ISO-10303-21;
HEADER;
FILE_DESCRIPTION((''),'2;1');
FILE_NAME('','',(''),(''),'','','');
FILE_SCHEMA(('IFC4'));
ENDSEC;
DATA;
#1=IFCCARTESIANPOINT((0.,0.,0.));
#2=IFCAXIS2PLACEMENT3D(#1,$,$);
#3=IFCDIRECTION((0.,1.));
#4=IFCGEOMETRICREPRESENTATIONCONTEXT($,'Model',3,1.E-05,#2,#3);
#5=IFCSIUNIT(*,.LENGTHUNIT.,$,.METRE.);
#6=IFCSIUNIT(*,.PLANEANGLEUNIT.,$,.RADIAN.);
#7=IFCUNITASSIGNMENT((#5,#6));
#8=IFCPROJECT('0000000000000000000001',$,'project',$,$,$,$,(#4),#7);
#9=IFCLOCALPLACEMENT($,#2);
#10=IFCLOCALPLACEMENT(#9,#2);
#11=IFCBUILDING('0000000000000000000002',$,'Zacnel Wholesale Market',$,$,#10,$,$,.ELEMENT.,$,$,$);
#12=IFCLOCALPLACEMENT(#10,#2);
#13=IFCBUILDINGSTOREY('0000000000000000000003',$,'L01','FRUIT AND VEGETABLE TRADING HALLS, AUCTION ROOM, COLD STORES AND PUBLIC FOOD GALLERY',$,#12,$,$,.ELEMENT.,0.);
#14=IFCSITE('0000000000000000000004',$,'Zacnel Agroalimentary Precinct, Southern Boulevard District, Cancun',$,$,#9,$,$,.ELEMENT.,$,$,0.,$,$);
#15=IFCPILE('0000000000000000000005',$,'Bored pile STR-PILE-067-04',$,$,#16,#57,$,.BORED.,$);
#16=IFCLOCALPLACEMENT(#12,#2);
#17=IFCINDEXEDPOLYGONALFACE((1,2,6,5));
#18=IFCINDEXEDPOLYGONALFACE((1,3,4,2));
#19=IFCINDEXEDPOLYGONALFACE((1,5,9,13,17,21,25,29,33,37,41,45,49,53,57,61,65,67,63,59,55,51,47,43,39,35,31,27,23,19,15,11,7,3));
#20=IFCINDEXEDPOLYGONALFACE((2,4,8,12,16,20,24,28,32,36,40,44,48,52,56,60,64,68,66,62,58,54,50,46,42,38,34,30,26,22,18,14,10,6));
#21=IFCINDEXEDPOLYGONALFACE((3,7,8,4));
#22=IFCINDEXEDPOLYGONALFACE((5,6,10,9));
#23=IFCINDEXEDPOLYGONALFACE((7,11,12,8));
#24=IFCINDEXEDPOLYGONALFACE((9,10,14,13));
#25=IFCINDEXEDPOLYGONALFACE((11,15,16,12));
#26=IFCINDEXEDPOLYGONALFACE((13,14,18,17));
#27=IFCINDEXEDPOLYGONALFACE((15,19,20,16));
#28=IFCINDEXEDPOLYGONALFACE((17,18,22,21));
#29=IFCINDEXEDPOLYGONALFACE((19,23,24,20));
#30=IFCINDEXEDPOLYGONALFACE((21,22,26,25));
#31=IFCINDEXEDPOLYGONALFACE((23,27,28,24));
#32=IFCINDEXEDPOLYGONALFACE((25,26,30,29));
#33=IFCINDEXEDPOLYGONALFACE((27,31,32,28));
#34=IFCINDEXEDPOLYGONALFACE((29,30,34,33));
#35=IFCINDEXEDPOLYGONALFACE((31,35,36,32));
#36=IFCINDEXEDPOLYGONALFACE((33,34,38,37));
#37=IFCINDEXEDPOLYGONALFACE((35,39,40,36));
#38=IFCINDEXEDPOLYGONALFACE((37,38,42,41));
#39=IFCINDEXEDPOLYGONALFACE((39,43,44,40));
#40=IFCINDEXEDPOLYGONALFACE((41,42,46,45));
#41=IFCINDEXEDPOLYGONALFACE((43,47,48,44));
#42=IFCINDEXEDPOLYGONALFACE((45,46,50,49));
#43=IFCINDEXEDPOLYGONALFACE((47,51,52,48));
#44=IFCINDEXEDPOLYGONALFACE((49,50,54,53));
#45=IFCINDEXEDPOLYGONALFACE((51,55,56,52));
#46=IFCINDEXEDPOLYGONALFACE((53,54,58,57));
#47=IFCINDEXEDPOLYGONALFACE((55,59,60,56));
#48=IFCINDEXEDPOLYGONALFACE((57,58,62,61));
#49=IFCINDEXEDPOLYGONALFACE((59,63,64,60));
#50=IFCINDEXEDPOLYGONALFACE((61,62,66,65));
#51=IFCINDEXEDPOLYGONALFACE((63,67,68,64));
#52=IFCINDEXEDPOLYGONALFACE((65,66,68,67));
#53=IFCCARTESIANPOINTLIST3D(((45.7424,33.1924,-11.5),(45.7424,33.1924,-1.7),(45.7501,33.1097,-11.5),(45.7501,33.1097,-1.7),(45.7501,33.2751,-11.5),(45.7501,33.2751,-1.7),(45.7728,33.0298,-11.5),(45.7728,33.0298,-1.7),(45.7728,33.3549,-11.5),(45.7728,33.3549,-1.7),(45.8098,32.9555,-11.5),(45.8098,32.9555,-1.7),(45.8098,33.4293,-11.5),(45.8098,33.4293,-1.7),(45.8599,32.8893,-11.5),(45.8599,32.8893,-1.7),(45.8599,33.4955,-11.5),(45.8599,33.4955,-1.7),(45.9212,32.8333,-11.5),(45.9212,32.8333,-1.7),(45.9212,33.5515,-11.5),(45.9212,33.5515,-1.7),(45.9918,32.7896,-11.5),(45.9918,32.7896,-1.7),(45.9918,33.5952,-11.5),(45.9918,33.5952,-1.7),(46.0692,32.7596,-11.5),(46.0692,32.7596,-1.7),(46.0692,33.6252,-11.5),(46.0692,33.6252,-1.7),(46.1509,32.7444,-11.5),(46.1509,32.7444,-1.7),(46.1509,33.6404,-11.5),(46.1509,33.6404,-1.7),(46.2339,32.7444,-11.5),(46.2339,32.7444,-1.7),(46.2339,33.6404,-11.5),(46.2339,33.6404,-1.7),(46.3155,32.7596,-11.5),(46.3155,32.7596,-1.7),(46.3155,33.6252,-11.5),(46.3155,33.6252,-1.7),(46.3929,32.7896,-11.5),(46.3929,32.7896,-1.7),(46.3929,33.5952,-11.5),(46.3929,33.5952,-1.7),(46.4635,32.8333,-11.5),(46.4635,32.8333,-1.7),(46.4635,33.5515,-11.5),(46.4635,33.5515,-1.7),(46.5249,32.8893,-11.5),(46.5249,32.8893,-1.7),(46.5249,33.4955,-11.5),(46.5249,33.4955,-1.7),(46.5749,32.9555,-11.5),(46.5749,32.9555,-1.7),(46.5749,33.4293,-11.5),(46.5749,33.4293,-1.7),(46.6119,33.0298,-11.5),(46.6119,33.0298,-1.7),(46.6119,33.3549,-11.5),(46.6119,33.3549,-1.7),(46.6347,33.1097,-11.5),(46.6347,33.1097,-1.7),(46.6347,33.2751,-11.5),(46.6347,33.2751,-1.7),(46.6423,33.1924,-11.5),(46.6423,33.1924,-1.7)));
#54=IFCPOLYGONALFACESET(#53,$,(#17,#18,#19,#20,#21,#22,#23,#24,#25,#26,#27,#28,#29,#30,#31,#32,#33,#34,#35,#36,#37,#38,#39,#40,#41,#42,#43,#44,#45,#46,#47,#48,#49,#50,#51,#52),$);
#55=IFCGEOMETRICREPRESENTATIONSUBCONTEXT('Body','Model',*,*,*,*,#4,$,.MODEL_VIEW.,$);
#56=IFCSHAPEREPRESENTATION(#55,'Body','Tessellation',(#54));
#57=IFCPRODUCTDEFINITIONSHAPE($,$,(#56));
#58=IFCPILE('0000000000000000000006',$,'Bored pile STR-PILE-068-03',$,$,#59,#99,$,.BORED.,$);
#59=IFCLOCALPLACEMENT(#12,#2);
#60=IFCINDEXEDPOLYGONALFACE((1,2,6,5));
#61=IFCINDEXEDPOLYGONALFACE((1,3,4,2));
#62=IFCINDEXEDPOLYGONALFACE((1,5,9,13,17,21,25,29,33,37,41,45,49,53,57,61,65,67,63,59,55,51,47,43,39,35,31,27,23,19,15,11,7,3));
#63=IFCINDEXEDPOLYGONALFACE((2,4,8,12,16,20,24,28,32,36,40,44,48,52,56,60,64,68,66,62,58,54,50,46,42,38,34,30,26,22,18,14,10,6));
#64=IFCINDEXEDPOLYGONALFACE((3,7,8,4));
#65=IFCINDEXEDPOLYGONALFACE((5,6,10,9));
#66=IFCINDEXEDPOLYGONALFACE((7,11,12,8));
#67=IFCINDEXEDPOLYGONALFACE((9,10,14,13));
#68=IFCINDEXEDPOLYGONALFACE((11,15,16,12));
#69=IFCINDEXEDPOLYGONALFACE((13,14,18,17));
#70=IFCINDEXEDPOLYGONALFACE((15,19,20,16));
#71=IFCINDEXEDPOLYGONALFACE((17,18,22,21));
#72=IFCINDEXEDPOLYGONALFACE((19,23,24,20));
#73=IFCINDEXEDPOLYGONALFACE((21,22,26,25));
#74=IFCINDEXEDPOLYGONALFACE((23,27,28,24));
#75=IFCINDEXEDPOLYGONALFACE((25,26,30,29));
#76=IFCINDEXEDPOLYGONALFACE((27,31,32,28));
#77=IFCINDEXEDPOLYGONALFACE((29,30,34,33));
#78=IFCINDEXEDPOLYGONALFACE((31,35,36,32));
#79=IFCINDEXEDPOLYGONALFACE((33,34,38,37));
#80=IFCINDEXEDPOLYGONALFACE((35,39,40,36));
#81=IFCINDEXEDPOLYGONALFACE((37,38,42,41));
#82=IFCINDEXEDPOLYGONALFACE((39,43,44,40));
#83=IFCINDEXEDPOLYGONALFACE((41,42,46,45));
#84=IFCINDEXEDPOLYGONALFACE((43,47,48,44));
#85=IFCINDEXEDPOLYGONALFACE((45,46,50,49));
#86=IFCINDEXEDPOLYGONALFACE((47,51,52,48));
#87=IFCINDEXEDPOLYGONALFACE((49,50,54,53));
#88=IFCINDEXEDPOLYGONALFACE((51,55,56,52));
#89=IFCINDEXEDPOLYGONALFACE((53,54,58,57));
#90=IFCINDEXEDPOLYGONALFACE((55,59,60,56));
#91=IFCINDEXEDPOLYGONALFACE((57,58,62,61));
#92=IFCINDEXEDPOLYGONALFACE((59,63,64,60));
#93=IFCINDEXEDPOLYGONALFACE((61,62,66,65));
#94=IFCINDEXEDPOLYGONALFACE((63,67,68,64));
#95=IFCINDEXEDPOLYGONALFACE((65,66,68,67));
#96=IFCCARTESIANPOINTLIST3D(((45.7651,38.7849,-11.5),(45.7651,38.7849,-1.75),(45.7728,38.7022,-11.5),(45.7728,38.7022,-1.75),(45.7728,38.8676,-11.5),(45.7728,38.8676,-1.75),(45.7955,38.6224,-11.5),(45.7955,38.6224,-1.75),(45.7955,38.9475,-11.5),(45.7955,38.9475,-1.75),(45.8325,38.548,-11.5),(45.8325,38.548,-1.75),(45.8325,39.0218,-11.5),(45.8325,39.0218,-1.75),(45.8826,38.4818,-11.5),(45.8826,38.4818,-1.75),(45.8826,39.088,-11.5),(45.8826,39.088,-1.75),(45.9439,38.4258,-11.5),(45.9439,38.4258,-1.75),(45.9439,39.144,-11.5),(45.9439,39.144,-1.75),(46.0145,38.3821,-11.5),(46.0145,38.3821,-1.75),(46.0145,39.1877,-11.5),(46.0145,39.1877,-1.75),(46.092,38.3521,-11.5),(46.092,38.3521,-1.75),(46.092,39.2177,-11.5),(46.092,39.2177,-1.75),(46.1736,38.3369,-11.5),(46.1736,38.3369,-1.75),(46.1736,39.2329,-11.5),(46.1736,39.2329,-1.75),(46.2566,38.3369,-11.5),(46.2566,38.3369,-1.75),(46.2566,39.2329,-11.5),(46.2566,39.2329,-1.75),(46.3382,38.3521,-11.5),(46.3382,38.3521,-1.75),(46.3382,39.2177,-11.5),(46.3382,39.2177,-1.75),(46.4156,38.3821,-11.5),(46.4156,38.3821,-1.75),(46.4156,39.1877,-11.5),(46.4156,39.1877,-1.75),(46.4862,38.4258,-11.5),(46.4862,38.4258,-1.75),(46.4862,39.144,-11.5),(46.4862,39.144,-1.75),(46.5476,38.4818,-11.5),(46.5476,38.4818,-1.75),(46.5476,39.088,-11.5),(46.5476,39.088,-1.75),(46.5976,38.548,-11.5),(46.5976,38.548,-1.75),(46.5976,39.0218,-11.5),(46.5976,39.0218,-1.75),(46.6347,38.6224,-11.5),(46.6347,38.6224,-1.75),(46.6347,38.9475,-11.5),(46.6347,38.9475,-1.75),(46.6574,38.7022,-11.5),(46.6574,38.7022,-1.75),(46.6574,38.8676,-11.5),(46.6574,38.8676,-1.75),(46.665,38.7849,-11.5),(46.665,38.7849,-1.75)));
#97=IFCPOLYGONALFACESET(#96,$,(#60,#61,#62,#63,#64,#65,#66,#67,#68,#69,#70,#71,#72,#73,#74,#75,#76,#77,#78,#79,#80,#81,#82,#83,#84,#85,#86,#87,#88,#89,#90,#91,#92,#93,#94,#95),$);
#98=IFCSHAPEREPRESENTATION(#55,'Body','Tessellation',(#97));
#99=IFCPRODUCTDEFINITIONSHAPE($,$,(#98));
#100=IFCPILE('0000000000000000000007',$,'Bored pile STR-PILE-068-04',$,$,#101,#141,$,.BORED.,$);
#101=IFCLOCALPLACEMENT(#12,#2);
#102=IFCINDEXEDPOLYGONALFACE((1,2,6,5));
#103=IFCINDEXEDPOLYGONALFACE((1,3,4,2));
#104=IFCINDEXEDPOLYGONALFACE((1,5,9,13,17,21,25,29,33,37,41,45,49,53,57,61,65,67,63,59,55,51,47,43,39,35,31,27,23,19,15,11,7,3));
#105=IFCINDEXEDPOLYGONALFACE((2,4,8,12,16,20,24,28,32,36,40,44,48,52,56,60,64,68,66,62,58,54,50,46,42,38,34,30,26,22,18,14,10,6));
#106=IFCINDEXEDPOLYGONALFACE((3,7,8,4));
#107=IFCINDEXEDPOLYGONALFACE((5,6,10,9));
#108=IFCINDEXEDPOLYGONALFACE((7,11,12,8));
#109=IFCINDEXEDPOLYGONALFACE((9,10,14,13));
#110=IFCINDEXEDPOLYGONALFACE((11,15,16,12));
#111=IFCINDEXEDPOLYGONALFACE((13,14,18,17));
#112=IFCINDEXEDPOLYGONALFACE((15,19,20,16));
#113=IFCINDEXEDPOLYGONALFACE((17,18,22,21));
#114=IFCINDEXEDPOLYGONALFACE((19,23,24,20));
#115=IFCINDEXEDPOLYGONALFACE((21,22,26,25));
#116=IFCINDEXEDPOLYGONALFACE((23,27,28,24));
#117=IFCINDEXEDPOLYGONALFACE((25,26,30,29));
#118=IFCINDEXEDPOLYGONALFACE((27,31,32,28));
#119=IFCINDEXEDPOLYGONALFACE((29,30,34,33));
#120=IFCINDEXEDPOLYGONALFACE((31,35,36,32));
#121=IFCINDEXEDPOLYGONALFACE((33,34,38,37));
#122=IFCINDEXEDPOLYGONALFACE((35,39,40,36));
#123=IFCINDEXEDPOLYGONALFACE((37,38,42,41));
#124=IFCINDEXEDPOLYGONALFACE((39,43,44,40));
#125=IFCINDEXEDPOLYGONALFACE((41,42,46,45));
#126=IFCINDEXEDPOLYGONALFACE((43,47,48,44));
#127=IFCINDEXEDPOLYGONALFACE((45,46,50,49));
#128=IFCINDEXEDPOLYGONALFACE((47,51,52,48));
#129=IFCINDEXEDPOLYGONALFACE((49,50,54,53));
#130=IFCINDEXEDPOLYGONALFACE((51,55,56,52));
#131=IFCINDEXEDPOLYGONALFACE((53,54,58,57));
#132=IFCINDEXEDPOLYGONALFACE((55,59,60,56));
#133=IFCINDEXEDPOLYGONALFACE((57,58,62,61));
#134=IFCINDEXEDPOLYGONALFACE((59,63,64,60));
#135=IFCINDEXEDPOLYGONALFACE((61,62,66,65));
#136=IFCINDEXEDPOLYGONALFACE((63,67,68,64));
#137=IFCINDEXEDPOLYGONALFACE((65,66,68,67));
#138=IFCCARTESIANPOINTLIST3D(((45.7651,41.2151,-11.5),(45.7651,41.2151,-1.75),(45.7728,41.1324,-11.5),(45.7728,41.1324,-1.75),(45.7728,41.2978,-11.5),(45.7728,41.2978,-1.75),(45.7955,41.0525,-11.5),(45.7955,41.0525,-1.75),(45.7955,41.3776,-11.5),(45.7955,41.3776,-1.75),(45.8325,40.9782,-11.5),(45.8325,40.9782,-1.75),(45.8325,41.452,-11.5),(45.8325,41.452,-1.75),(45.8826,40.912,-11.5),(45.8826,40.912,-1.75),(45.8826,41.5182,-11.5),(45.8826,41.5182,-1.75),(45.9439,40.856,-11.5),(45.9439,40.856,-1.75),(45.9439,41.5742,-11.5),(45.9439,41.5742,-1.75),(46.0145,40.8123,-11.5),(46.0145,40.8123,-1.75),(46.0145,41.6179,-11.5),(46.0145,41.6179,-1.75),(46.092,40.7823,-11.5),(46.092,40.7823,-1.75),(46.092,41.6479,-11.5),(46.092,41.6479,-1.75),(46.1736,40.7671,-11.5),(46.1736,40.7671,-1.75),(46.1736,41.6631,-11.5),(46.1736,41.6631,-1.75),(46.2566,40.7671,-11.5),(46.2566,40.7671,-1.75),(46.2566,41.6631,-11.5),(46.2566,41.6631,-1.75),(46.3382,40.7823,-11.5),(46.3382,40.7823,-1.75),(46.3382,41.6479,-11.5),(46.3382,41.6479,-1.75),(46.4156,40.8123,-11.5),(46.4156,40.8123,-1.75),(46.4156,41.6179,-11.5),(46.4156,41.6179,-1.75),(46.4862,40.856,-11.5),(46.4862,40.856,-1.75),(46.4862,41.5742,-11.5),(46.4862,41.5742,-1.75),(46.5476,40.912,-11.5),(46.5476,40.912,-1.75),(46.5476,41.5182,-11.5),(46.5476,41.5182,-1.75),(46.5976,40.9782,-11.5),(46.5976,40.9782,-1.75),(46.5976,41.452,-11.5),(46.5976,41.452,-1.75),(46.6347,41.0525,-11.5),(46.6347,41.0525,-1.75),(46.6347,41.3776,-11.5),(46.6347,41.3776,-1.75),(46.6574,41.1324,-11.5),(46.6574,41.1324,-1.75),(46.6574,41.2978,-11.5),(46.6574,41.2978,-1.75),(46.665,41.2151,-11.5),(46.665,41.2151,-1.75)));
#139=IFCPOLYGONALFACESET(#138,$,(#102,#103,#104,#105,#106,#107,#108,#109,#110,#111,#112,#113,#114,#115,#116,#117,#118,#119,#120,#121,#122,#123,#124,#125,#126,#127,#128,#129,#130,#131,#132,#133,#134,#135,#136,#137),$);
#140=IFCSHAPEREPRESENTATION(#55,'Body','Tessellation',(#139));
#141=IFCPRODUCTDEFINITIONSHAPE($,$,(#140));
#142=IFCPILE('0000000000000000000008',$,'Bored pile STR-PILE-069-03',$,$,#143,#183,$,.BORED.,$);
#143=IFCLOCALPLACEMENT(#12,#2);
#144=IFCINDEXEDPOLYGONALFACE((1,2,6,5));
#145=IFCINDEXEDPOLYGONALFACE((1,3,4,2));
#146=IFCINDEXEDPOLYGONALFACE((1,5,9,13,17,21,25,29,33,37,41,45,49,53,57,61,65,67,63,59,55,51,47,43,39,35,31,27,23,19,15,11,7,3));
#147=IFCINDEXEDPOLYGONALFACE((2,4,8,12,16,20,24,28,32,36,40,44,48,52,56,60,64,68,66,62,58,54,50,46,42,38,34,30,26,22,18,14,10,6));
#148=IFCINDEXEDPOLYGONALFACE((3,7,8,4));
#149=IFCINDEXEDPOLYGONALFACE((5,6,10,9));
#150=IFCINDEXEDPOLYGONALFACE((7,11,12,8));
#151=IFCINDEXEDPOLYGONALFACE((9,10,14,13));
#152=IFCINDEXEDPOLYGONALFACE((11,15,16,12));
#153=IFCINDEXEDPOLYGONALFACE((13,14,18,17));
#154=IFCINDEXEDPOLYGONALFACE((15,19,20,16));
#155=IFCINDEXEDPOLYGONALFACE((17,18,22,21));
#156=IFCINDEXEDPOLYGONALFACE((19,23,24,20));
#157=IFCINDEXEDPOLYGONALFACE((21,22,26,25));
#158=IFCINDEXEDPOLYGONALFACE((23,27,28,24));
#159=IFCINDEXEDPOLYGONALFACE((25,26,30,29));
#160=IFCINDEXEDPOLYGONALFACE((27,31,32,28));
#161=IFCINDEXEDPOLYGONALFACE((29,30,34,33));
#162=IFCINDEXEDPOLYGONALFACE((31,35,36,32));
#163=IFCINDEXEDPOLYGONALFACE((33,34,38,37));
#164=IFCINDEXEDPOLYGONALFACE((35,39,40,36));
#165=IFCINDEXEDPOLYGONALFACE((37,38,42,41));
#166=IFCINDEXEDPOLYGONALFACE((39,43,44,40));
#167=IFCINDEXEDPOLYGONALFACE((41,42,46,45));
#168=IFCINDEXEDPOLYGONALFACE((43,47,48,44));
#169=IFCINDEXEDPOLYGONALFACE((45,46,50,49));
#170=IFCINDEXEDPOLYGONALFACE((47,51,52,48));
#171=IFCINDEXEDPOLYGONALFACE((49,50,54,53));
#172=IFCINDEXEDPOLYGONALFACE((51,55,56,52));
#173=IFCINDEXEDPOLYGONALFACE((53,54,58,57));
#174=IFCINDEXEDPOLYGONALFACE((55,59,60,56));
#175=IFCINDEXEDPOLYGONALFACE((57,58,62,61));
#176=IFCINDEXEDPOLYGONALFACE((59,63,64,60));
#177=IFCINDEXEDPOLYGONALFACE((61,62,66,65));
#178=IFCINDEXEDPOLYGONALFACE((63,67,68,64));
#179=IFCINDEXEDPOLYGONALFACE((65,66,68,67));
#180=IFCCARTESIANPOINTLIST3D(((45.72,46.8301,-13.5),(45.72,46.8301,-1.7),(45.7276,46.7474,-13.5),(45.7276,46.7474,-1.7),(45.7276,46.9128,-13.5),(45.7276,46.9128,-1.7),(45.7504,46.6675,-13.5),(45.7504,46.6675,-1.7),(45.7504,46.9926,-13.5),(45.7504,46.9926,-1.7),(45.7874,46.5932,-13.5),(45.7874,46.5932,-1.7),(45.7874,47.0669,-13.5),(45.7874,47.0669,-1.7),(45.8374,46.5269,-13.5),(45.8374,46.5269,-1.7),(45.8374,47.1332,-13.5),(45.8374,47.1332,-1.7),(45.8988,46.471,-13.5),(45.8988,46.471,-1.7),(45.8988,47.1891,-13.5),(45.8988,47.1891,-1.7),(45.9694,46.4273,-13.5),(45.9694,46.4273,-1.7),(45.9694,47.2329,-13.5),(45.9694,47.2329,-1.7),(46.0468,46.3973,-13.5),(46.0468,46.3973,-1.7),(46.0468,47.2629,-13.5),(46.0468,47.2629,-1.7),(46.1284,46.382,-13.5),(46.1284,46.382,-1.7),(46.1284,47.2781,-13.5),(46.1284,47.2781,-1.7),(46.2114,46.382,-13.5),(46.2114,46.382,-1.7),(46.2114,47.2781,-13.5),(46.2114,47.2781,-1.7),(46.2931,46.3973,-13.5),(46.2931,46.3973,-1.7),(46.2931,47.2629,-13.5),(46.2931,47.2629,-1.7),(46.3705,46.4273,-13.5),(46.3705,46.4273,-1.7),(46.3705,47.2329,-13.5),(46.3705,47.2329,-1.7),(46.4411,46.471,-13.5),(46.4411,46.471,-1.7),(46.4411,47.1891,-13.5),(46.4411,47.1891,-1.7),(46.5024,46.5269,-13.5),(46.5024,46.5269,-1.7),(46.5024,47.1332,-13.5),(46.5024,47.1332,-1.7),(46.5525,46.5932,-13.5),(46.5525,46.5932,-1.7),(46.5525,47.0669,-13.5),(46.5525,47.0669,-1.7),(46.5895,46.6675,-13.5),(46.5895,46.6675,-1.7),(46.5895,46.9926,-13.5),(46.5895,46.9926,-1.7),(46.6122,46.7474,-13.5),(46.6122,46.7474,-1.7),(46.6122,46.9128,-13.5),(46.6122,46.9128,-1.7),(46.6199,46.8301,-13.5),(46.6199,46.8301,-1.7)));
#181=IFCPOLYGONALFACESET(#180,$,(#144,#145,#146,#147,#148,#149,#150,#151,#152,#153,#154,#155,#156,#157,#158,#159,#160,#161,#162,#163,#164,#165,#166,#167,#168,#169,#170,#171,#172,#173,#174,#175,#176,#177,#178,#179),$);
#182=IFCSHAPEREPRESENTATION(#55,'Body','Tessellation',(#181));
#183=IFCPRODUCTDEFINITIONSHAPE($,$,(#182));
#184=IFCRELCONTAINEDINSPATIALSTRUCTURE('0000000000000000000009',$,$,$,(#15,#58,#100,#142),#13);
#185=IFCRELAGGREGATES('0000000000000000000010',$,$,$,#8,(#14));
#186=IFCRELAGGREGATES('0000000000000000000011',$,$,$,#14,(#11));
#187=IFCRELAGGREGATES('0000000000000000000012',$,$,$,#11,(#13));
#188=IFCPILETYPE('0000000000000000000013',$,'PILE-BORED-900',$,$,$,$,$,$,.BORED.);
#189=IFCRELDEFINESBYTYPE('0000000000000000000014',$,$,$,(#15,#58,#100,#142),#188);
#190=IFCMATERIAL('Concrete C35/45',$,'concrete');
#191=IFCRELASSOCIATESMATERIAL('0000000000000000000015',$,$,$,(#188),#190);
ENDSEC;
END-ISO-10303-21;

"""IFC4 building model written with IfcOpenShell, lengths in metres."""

from ifc_helpers import new_model, si_unit, direction, frame, origin, origin_2d, place, context, subcontext, project, spatial, circle, extrude, material, material_profile, profile_set, type_object, element, save


model = new_model("IFC4")

# Units and contexts
model_context = context("Model", 3, precision=1e-05, world=origin(), true_north=direction((0.0, 1.0)))
body_context = subcontext(model_context, "Body", "Model", "MODEL_VIEW")
ifc_project = project(units=[si_unit("LENGTHUNIT", "METRE"), si_unit("PLANEANGLEUNIT", "RADIAN")], contexts=[model_context])

# Site, building, storey
site_placement = place(None, origin())
site = spatial("IfcSite", under=ifc_project, at=site_placement, Name="Zacnel Agroalimentary Precinct, Southern Boulevard District, Cancun", CompositionType="ELEMENT", RefElevation=0.0)
building_placement = place(site_placement, origin())
building = spatial("IfcBuilding", under=site, at=building_placement, Name="Zacnel Wholesale Market", CompositionType="ELEMENT")
storey_placement = place(building_placement, origin())
storey = spatial("IfcBuildingStorey", under=building, at=storey_placement, Name="L01", Description="FRUIT AND VEGETABLE TRADING HALLS, AUCTION ROOM, COLD STORES AND PUBLIC FOOD GALLERY", CompositionType="ELEMENT", Elevation=0.0)

# Piles
ifc_material_1 = material(Name="Concrete C35/45", Category="concrete")
ifc_material_profile_1 = material_profile(ifc_material_1, circle(Radius=0.45, at=origin_2d()), Name="BORED PILE D900")
ifc_profile_set_1 = profile_set([ifc_material_profile_1], Name="Concrete C35/45")
pile_type = type_object("IfcPileType", Name="PILE-BORED-900", PredefinedType="BORED", material=ifc_profile_set_1)
for number, where, z_axis, x_axis, name in (
    (1, (46.1924, 33.1924, -1.7), (0.0, 0.0, -1.0), (1.0, 0.0, 0.0), "Bored pile STR-PILE-067-04"),
):
    element("IfcPile", number, at=place(storey_placement, frame(where, z_axis=z_axis, x_axis=x_axis)), inside=storey, type_object=pile_type, Name=name, PredefinedType="BORED", context=body_context, shape_type="SweptSolid", body=[
        extrude(circle(Radius=0.45, at=origin_2d()), origin(), (0.0, 0.0, 1.0), 9.8),
    ])
for number, where, z_axis, x_axis, name in (
    (2, (46.2151, 38.7849, -1.75), (0.0, 0.0, -1.0), (1.0, 0.0, 0.0), "Bored pile STR-PILE-068-03"),
    (3, (46.2151, 41.2151, -1.75), (0.0, 0.0, -1.0), (1.0, 0.0, 0.0), "Bored pile STR-PILE-068-04"),
):
    element("IfcPile", number, at=place(storey_placement, frame(where, z_axis=z_axis, x_axis=x_axis)), inside=storey, type_object=pile_type, Name=name, PredefinedType="BORED", context=body_context, shape_type="SweptSolid", body=[
        extrude(circle(Radius=0.45, at=origin_2d()), origin(), (0.0, 0.0, 1.0), 9.75),
    ])
pile_placement = place(storey_placement, frame((46.1699, 46.8301, -1.7), z_axis=(0.0, 0.0, -1.0), x_axis=(1.0, 0.0, 0.0)))
element("IfcPile", 4, at=pile_placement, inside=storey, type_object=pile_type, Name="Bored pile STR-PILE-069-03", PredefinedType="BORED", context=body_context, shape_type="SweptSolid", body=[
    extrude(circle(Radius=0.45, at=origin_2d()), origin(), (0.0, 0.0, 1.0), 11.8),
])

save(model, "model.ifc")
